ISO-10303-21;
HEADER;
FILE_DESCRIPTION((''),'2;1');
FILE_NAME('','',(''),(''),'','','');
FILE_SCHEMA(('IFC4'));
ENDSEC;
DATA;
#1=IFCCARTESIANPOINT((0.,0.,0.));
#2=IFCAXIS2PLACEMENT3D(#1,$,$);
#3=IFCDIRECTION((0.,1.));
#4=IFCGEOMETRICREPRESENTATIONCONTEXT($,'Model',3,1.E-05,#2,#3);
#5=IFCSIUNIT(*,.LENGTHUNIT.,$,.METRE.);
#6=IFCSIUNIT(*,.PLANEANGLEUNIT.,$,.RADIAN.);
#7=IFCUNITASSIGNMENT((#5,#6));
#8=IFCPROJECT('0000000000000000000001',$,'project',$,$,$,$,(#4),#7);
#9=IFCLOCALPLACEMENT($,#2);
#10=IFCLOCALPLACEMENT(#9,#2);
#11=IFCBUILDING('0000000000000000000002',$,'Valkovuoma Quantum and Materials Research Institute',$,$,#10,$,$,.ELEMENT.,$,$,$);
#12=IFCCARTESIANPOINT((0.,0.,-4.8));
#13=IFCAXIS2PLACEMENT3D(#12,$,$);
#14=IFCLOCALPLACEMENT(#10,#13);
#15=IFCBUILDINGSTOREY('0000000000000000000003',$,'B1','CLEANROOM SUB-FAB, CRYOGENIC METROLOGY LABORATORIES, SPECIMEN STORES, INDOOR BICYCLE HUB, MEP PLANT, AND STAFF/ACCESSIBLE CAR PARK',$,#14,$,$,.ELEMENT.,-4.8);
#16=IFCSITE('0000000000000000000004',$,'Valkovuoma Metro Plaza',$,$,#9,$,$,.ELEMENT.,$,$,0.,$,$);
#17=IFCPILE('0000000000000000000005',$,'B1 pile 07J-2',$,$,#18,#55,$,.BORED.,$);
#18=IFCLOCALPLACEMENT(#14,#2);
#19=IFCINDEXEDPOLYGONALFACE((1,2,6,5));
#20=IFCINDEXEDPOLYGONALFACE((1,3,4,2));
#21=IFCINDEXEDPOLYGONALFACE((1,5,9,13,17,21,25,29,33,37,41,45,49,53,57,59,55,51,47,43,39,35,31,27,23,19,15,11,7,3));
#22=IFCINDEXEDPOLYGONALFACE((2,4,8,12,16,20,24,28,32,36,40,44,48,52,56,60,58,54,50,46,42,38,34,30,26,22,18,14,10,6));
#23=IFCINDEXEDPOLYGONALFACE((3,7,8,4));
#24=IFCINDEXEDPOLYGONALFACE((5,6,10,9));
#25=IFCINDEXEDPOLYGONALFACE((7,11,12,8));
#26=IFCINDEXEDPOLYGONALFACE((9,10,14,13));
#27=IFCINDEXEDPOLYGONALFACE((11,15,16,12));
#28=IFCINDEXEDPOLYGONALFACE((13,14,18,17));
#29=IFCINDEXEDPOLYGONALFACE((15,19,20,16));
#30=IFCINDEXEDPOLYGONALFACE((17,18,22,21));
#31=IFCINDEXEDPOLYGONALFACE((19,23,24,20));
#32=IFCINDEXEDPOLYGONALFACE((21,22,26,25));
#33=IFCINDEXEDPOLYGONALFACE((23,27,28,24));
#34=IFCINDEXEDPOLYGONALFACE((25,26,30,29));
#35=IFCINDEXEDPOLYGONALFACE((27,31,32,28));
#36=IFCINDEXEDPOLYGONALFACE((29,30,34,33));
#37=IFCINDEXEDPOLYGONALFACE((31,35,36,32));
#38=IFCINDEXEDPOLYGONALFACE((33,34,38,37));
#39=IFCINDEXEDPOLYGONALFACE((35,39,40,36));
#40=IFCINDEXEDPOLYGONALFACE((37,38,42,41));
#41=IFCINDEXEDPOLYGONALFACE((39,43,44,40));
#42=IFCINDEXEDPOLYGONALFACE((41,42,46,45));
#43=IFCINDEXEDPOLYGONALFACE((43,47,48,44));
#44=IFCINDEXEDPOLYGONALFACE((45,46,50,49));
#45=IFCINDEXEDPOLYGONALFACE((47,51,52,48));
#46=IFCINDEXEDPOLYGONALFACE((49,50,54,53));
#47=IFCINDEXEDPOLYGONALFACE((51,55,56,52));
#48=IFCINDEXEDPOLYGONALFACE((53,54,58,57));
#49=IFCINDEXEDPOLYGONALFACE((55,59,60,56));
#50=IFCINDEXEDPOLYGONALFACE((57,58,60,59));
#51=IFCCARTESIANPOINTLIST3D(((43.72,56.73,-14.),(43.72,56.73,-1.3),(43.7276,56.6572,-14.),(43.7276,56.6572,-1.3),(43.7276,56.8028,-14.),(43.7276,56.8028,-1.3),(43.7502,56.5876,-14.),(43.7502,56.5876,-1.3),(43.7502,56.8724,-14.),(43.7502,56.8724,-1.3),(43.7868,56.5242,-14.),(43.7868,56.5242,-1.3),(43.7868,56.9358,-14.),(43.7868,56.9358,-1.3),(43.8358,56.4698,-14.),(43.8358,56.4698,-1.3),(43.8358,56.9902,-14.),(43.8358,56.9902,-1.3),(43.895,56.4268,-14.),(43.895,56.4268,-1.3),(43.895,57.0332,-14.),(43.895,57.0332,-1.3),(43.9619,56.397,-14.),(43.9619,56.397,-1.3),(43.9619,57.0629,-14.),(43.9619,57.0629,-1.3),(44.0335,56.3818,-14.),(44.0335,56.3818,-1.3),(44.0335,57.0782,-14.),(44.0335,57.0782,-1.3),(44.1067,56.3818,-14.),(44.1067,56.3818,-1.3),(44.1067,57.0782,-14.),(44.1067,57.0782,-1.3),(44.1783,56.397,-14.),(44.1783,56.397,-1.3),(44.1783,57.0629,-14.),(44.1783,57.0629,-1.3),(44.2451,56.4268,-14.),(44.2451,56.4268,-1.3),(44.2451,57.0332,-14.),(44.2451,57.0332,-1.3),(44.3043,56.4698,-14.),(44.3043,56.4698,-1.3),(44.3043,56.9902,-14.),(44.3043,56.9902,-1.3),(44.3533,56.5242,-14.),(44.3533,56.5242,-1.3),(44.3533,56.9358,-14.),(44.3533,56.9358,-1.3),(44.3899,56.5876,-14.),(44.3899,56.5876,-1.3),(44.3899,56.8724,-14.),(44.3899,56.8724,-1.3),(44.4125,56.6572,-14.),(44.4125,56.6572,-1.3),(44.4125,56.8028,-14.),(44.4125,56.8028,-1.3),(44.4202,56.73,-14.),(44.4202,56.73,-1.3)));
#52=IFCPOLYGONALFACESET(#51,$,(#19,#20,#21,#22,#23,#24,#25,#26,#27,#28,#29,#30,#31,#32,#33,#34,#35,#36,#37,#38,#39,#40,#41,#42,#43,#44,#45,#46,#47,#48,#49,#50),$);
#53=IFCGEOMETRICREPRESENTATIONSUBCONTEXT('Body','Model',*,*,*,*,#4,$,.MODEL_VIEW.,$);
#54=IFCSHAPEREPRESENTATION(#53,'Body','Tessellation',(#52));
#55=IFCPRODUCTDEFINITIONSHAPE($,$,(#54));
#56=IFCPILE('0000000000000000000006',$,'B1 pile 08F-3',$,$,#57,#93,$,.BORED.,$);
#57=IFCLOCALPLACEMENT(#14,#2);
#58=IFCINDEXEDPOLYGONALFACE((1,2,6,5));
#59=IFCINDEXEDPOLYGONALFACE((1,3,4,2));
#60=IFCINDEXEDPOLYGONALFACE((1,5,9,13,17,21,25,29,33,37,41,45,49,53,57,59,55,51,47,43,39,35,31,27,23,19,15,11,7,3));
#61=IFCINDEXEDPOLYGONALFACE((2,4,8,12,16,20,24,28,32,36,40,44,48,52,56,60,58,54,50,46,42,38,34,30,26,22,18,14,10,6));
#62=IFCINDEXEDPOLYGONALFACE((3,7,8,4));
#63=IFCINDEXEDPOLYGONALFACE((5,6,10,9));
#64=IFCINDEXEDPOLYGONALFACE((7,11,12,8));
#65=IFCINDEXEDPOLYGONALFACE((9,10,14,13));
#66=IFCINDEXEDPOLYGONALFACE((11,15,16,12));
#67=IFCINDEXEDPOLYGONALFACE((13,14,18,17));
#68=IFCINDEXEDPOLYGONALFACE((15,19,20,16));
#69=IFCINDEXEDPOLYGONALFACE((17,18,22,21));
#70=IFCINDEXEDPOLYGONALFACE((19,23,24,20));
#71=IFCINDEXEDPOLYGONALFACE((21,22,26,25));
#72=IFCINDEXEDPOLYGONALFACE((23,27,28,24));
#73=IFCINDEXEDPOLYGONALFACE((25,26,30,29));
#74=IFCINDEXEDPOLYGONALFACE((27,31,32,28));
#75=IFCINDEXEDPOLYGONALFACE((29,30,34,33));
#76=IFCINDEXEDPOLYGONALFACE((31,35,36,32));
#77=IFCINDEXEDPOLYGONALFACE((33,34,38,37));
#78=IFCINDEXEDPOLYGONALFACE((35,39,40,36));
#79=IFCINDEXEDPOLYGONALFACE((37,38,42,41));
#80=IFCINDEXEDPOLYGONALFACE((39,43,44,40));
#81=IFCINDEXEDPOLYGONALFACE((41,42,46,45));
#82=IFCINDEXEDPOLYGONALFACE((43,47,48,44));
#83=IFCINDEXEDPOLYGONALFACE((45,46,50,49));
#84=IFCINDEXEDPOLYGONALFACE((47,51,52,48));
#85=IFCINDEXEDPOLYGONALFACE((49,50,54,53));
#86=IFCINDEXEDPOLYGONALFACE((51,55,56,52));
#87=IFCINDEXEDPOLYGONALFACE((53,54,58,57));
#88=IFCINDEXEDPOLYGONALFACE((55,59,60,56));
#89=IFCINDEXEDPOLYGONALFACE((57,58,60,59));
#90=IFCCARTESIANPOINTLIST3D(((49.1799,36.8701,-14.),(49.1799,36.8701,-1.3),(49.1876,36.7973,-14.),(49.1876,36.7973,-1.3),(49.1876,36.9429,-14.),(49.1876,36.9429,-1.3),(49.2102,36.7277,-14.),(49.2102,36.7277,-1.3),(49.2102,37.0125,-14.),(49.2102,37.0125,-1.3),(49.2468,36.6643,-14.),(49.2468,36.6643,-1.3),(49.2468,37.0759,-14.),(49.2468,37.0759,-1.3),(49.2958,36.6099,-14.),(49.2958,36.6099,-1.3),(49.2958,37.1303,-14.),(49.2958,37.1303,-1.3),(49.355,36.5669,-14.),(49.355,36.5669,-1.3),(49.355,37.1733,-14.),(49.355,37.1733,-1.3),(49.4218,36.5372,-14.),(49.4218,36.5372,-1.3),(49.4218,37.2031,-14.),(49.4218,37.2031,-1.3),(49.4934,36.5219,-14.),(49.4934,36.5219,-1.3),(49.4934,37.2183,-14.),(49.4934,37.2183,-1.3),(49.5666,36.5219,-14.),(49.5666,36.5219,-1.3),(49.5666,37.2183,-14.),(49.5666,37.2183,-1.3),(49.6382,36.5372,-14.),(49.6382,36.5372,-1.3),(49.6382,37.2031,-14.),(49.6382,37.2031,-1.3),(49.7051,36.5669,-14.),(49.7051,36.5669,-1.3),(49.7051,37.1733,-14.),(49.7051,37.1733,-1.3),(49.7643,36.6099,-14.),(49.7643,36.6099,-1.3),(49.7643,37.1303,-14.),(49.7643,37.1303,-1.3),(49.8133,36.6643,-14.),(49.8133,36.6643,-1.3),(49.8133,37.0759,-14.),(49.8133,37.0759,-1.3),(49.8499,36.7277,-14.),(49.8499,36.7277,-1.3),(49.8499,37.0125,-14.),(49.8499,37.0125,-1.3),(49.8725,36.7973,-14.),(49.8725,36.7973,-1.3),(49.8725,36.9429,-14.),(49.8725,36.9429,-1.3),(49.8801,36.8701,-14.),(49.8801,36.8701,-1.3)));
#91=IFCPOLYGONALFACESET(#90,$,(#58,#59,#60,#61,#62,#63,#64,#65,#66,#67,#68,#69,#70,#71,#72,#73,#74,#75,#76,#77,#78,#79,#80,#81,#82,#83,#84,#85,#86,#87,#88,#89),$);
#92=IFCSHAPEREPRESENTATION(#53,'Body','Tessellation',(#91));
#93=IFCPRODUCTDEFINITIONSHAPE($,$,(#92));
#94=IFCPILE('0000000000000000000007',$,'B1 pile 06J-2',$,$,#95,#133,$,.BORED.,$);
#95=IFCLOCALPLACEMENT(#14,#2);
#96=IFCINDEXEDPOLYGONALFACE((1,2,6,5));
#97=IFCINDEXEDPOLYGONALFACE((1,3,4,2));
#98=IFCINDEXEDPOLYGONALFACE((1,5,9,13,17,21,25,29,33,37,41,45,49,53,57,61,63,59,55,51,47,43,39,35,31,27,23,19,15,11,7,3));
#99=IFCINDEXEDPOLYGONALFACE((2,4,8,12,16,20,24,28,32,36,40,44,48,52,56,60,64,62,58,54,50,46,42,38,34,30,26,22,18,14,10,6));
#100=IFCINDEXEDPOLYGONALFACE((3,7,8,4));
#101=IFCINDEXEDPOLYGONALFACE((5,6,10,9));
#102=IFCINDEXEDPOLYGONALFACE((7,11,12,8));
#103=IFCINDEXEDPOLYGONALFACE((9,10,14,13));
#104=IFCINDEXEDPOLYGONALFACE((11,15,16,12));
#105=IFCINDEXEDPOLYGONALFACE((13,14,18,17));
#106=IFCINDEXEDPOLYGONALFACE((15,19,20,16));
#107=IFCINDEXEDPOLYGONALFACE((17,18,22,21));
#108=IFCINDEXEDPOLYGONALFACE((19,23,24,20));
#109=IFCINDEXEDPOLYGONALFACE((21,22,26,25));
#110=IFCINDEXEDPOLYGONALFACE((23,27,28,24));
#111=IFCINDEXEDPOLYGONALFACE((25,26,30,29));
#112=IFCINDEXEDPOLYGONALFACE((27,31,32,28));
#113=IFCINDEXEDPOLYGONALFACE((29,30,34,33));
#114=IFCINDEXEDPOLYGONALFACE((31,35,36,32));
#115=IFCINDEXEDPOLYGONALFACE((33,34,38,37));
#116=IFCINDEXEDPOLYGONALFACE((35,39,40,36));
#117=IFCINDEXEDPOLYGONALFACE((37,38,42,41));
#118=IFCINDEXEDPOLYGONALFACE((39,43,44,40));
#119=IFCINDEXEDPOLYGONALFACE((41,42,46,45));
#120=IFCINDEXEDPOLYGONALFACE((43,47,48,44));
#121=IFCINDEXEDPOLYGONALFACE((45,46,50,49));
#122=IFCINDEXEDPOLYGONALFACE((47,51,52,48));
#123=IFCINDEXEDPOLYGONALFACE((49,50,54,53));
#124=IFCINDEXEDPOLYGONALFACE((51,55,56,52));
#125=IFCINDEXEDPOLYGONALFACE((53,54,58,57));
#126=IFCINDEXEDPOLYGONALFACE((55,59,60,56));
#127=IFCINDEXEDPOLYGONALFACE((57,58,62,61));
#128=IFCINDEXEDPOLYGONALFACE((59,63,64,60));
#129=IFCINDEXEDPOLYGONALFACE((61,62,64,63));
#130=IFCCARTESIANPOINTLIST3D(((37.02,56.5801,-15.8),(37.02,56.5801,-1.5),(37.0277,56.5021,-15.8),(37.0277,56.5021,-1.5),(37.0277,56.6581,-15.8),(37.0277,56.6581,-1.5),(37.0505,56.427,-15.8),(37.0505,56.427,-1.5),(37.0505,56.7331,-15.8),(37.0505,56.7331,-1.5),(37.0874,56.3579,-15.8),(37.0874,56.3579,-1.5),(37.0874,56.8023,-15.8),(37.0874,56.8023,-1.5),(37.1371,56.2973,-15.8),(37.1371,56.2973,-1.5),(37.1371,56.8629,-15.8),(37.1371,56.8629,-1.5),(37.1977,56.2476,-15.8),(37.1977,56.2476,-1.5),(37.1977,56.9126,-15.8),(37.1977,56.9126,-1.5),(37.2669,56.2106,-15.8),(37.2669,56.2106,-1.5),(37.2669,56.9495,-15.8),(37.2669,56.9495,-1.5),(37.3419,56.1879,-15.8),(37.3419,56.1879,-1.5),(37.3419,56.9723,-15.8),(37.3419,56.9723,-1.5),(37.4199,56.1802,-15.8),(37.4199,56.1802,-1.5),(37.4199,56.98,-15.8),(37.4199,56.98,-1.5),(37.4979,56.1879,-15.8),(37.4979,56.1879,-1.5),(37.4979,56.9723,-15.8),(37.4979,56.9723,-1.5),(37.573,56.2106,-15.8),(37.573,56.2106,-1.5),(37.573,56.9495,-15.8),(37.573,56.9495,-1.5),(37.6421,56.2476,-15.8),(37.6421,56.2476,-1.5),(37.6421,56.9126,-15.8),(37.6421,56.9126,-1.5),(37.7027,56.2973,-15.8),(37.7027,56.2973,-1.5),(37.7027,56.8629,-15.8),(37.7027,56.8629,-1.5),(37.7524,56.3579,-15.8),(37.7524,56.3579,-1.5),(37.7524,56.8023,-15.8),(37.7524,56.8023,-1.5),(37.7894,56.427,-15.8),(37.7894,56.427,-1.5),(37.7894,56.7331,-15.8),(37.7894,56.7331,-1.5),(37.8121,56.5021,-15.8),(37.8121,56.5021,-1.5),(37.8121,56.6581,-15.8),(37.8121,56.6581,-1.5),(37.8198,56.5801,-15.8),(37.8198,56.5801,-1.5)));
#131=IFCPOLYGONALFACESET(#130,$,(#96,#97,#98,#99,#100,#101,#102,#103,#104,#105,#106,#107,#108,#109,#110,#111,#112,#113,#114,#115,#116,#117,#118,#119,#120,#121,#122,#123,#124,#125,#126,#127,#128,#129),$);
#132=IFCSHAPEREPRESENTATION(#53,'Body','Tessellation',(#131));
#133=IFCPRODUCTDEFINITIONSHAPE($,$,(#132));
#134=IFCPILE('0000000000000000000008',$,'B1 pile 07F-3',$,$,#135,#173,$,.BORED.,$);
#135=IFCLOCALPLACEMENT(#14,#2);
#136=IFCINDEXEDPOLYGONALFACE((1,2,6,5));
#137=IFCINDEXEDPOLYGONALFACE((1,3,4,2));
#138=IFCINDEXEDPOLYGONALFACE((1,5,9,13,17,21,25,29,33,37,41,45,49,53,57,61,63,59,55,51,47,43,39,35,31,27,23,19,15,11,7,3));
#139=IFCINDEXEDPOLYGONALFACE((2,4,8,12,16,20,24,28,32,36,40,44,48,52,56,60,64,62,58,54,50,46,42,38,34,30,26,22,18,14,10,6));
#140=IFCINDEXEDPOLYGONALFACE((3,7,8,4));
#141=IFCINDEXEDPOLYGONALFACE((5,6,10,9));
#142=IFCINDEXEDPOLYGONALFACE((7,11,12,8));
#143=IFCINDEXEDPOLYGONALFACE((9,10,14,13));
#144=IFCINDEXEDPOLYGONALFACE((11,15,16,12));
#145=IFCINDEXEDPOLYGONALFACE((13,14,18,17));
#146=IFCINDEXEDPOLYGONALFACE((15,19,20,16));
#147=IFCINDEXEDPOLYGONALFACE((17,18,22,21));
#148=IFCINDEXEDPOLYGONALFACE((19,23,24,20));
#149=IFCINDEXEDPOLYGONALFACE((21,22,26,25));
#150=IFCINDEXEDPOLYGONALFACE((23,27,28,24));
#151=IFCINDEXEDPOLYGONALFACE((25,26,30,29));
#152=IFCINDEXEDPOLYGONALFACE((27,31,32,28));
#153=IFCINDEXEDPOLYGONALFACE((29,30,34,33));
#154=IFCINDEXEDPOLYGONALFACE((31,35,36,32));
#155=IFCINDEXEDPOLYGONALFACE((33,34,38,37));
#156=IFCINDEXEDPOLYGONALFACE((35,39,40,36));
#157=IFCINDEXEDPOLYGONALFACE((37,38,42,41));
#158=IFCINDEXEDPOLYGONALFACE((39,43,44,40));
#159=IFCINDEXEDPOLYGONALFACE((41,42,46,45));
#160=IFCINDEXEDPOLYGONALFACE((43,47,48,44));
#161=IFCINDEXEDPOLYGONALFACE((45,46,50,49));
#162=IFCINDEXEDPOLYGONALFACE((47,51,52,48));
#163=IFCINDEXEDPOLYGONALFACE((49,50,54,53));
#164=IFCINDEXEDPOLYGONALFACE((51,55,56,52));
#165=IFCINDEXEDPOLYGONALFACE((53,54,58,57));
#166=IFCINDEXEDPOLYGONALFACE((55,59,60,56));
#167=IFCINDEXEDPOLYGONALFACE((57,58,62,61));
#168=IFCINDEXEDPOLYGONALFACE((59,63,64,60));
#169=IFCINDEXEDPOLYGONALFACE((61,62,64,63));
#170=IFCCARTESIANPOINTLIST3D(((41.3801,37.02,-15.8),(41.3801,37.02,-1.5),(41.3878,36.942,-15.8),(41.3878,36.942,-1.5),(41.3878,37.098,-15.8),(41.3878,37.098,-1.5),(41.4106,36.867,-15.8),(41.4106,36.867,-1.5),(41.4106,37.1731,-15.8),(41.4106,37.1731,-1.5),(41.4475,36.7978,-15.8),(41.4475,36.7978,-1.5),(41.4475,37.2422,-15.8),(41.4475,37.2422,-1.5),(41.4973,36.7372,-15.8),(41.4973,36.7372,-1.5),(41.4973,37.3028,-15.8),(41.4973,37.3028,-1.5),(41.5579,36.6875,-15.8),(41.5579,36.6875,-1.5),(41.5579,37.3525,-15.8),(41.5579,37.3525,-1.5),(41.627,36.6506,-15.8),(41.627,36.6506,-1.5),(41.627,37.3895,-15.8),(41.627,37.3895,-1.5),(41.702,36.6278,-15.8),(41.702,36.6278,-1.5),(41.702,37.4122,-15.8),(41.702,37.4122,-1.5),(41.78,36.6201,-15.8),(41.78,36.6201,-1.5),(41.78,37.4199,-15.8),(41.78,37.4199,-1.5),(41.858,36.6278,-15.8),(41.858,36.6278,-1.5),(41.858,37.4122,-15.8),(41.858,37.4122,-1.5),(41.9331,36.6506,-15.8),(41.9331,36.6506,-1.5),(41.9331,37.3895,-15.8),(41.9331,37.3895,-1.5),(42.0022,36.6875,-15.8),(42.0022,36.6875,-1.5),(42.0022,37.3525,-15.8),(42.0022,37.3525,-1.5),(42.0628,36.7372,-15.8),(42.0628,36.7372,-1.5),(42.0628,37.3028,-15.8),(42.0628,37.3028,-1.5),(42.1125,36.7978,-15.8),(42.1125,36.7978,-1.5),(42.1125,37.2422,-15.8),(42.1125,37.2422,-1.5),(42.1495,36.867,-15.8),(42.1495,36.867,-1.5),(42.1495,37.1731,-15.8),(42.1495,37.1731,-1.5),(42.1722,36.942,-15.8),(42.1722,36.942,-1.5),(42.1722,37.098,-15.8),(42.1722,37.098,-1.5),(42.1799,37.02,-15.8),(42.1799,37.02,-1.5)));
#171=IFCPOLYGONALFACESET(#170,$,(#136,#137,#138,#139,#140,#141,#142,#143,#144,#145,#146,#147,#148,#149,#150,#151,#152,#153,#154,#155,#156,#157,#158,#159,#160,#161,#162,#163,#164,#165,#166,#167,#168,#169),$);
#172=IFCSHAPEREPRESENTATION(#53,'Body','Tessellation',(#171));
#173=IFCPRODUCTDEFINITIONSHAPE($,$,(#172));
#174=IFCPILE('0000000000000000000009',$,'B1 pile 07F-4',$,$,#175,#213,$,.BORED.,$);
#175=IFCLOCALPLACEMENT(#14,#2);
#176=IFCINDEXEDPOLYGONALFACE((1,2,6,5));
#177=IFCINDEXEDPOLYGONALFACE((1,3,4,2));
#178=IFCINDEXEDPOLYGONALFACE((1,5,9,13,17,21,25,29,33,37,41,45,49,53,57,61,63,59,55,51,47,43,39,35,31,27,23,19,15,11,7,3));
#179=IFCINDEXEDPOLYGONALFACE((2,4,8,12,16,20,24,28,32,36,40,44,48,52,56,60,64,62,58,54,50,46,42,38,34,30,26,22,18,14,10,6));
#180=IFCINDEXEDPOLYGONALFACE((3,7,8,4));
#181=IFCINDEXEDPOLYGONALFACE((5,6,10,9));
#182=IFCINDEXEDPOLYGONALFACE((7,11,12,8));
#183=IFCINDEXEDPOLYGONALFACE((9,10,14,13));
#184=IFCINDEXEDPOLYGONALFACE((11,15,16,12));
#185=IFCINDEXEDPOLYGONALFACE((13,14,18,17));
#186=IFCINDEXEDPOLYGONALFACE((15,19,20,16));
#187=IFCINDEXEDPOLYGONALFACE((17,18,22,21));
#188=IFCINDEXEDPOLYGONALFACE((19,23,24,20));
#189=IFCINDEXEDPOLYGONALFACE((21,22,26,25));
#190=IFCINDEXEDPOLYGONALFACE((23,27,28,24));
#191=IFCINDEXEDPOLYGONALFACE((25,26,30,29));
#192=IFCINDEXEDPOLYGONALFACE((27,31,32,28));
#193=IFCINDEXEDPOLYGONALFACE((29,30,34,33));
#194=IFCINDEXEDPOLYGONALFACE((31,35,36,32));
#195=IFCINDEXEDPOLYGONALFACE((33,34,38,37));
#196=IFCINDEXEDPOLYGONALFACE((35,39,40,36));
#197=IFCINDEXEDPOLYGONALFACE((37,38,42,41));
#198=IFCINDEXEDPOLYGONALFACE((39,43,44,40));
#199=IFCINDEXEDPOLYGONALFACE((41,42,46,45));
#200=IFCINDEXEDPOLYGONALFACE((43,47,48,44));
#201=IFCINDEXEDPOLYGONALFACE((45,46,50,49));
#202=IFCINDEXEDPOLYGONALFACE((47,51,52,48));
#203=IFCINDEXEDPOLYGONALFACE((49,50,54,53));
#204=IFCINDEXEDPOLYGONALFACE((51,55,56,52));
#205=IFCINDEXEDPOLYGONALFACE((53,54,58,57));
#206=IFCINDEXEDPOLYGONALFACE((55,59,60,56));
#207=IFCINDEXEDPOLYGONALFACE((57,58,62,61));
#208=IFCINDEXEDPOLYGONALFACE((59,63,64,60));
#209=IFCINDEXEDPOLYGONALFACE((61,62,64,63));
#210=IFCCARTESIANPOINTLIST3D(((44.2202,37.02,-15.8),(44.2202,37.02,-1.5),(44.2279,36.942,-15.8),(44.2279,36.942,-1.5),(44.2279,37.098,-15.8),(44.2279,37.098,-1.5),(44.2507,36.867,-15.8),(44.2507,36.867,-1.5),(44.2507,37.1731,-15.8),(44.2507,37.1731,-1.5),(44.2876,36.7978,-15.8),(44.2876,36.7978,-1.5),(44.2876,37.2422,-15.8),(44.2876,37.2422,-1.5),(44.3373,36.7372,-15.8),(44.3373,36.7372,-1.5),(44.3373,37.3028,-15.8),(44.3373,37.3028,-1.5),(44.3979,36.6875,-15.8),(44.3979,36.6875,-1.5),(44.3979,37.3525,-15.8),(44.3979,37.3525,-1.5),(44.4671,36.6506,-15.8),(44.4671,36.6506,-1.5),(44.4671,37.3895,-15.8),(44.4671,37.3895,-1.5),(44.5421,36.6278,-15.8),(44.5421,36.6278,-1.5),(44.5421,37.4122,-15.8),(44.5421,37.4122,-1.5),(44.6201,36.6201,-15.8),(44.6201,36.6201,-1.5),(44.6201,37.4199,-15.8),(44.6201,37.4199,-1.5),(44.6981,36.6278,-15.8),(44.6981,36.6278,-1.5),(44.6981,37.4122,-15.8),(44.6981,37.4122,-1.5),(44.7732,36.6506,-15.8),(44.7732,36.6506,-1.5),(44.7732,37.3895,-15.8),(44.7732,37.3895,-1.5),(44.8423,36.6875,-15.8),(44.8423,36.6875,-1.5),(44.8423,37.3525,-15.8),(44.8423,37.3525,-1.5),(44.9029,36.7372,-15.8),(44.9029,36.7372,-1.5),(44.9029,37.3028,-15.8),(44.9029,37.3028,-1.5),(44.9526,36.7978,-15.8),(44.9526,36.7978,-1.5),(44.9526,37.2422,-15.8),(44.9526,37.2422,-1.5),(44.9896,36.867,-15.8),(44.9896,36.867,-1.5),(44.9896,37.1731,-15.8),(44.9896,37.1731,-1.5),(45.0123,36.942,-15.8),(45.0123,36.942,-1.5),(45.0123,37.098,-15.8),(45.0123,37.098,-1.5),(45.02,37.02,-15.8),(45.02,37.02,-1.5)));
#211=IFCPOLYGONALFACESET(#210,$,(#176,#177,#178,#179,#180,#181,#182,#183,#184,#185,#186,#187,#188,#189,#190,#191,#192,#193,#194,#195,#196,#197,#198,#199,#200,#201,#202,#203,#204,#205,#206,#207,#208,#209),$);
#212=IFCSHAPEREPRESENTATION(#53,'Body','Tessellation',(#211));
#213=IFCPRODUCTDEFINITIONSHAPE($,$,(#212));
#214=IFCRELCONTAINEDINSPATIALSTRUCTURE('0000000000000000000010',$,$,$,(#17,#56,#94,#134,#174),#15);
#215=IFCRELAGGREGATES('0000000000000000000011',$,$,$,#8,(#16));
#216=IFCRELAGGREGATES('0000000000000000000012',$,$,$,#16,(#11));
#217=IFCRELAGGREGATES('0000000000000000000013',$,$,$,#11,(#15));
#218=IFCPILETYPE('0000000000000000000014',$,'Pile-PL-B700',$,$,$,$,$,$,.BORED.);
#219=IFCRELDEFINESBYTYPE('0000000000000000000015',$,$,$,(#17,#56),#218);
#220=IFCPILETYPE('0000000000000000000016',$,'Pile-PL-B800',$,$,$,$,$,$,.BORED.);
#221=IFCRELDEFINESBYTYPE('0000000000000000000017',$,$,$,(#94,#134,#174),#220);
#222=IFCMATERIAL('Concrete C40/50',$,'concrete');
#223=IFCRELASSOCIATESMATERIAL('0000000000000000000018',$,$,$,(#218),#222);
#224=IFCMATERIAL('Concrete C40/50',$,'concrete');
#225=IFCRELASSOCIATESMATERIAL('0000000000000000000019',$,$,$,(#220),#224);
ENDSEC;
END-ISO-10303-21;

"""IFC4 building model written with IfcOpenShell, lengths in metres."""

from ifc_helpers import new_model, si_unit, direction, frame, origin, origin_2d, place, context, subcontext, project, spatial, circle, extrude, material, material_profile, profile_set, type_object, element, save


model = new_model("IFC4")

# Units and contexts
model_context = context("Model", 3, precision=1e-05, world=origin(), true_north=direction((0.0, 1.0)))
body_context = subcontext(model_context, "Body", "Model", "MODEL_VIEW")
ifc_project = project(units=[si_unit("LENGTHUNIT", "METRE"), si_unit("PLANEANGLEUNIT", "RADIAN")], contexts=[model_context])

# Site, building, storey
site_placement = place(None, origin())
site = spatial("IfcSite", under=ifc_project, at=site_placement, Name="Valkovuoma Metro Plaza", CompositionType="ELEMENT", RefElevation=0.0)
building_placement = place(site_placement, origin())
building = spatial("IfcBuilding", under=site, at=building_placement, Name="Valkovuoma Quantum and Materials Research Institute", CompositionType="ELEMENT")
storey_placement = place(building_placement, frame((0.0, 0.0, -4.8)))
storey = spatial("IfcBuildingStorey", under=building, at=storey_placement, Name="B1", Description="CLEANROOM SUB-FAB, CRYOGENIC METROLOGY LABORATORIES, SPECIMEN STORES, INDOOR BICYCLE HUB, MEP PLANT, AND STAFF/ACCESSIBLE CAR PARK", CompositionType="ELEMENT", Elevation=-4.8)

# Piles
ifc_material_1 = material(Name="Concrete C40/50", Category="concrete")
ifc_material_profile_1 = material_profile(ifc_material_1, circle(Radius=0.3501, at=origin_2d()), Name="Concrete C40/50")
ifc_profile_set_1 = profile_set([ifc_material_profile_1], Name="Concrete C40/50")
pile_type_1 = type_object("IfcPileType", Name="Pile-PL-B700", PredefinedType="BORED", material=ifc_profile_set_1)
for number, where, z_axis, x_axis, name in (
    (1, (44.0701, 56.73, -1.3), (0.0, 0.0, -1.0), (1.0, 0.0, 0.0), "B1 pile 07J-2"),
    (2, (49.53, 36.8701, -1.3), (0.0, 0.0, -1.0), (1.0, 0.0, 0.0), "B1 pile 08F-3"),
):
    element("IfcPile", number, at=place(storey_placement, frame(where, z_axis=z_axis, x_axis=x_axis)), inside=storey, type_object=pile_type_1, Name=name, PredefinedType="BORED", context=body_context, shape_type="SweptSolid", body=[
        extrude(circle(Radius=0.3501, at=origin_2d()), origin(), (0.0, 0.0, 1.0), 12.7),
    ])
ifc_material_2 = material(Name="Concrete C40/50", Category="concrete")
ifc_material_profile_2 = material_profile(ifc_material_2, circle(Radius=0.3999, at=origin_2d()), Name="Concrete C40/50")
ifc_profile_set_2 = profile_set([ifc_material_profile_2], Name="Concrete C40/50")
pile_type_2 = type_object("IfcPileType", Name="Pile-PL-B800", PredefinedType="BORED", material=ifc_profile_set_2)
for number, where, z_axis, x_axis, name in (
    (3, (37.4199, 56.5801, -1.5), (0.0, 0.0, -1.0), (1.0, 0.0, 0.0), "B1 pile 06J-2"),
    (4, (41.78, 37.02, -1.5), (0.0, 0.0, -1.0), (1.0, 0.0, 0.0), "B1 pile 07F-3"),
    (5, (44.6201, 37.02, -1.5), (0.0, 0.0, -1.0), (1.0, 0.0, 0.0), "B1 pile 07F-4"),
):
    element("IfcPile", number, at=place(storey_placement, frame(where, z_axis=z_axis, x_axis=x_axis)), inside=storey, type_object=pile_type_2, Name=name, PredefinedType="BORED", context=body_context, shape_type="SweptSolid", body=[
        extrude(circle(Radius=0.3999, at=origin_2d()), origin(), (0.0, 0.0, 1.0), 14.3),
    ])

save(model, "model.ifc")
